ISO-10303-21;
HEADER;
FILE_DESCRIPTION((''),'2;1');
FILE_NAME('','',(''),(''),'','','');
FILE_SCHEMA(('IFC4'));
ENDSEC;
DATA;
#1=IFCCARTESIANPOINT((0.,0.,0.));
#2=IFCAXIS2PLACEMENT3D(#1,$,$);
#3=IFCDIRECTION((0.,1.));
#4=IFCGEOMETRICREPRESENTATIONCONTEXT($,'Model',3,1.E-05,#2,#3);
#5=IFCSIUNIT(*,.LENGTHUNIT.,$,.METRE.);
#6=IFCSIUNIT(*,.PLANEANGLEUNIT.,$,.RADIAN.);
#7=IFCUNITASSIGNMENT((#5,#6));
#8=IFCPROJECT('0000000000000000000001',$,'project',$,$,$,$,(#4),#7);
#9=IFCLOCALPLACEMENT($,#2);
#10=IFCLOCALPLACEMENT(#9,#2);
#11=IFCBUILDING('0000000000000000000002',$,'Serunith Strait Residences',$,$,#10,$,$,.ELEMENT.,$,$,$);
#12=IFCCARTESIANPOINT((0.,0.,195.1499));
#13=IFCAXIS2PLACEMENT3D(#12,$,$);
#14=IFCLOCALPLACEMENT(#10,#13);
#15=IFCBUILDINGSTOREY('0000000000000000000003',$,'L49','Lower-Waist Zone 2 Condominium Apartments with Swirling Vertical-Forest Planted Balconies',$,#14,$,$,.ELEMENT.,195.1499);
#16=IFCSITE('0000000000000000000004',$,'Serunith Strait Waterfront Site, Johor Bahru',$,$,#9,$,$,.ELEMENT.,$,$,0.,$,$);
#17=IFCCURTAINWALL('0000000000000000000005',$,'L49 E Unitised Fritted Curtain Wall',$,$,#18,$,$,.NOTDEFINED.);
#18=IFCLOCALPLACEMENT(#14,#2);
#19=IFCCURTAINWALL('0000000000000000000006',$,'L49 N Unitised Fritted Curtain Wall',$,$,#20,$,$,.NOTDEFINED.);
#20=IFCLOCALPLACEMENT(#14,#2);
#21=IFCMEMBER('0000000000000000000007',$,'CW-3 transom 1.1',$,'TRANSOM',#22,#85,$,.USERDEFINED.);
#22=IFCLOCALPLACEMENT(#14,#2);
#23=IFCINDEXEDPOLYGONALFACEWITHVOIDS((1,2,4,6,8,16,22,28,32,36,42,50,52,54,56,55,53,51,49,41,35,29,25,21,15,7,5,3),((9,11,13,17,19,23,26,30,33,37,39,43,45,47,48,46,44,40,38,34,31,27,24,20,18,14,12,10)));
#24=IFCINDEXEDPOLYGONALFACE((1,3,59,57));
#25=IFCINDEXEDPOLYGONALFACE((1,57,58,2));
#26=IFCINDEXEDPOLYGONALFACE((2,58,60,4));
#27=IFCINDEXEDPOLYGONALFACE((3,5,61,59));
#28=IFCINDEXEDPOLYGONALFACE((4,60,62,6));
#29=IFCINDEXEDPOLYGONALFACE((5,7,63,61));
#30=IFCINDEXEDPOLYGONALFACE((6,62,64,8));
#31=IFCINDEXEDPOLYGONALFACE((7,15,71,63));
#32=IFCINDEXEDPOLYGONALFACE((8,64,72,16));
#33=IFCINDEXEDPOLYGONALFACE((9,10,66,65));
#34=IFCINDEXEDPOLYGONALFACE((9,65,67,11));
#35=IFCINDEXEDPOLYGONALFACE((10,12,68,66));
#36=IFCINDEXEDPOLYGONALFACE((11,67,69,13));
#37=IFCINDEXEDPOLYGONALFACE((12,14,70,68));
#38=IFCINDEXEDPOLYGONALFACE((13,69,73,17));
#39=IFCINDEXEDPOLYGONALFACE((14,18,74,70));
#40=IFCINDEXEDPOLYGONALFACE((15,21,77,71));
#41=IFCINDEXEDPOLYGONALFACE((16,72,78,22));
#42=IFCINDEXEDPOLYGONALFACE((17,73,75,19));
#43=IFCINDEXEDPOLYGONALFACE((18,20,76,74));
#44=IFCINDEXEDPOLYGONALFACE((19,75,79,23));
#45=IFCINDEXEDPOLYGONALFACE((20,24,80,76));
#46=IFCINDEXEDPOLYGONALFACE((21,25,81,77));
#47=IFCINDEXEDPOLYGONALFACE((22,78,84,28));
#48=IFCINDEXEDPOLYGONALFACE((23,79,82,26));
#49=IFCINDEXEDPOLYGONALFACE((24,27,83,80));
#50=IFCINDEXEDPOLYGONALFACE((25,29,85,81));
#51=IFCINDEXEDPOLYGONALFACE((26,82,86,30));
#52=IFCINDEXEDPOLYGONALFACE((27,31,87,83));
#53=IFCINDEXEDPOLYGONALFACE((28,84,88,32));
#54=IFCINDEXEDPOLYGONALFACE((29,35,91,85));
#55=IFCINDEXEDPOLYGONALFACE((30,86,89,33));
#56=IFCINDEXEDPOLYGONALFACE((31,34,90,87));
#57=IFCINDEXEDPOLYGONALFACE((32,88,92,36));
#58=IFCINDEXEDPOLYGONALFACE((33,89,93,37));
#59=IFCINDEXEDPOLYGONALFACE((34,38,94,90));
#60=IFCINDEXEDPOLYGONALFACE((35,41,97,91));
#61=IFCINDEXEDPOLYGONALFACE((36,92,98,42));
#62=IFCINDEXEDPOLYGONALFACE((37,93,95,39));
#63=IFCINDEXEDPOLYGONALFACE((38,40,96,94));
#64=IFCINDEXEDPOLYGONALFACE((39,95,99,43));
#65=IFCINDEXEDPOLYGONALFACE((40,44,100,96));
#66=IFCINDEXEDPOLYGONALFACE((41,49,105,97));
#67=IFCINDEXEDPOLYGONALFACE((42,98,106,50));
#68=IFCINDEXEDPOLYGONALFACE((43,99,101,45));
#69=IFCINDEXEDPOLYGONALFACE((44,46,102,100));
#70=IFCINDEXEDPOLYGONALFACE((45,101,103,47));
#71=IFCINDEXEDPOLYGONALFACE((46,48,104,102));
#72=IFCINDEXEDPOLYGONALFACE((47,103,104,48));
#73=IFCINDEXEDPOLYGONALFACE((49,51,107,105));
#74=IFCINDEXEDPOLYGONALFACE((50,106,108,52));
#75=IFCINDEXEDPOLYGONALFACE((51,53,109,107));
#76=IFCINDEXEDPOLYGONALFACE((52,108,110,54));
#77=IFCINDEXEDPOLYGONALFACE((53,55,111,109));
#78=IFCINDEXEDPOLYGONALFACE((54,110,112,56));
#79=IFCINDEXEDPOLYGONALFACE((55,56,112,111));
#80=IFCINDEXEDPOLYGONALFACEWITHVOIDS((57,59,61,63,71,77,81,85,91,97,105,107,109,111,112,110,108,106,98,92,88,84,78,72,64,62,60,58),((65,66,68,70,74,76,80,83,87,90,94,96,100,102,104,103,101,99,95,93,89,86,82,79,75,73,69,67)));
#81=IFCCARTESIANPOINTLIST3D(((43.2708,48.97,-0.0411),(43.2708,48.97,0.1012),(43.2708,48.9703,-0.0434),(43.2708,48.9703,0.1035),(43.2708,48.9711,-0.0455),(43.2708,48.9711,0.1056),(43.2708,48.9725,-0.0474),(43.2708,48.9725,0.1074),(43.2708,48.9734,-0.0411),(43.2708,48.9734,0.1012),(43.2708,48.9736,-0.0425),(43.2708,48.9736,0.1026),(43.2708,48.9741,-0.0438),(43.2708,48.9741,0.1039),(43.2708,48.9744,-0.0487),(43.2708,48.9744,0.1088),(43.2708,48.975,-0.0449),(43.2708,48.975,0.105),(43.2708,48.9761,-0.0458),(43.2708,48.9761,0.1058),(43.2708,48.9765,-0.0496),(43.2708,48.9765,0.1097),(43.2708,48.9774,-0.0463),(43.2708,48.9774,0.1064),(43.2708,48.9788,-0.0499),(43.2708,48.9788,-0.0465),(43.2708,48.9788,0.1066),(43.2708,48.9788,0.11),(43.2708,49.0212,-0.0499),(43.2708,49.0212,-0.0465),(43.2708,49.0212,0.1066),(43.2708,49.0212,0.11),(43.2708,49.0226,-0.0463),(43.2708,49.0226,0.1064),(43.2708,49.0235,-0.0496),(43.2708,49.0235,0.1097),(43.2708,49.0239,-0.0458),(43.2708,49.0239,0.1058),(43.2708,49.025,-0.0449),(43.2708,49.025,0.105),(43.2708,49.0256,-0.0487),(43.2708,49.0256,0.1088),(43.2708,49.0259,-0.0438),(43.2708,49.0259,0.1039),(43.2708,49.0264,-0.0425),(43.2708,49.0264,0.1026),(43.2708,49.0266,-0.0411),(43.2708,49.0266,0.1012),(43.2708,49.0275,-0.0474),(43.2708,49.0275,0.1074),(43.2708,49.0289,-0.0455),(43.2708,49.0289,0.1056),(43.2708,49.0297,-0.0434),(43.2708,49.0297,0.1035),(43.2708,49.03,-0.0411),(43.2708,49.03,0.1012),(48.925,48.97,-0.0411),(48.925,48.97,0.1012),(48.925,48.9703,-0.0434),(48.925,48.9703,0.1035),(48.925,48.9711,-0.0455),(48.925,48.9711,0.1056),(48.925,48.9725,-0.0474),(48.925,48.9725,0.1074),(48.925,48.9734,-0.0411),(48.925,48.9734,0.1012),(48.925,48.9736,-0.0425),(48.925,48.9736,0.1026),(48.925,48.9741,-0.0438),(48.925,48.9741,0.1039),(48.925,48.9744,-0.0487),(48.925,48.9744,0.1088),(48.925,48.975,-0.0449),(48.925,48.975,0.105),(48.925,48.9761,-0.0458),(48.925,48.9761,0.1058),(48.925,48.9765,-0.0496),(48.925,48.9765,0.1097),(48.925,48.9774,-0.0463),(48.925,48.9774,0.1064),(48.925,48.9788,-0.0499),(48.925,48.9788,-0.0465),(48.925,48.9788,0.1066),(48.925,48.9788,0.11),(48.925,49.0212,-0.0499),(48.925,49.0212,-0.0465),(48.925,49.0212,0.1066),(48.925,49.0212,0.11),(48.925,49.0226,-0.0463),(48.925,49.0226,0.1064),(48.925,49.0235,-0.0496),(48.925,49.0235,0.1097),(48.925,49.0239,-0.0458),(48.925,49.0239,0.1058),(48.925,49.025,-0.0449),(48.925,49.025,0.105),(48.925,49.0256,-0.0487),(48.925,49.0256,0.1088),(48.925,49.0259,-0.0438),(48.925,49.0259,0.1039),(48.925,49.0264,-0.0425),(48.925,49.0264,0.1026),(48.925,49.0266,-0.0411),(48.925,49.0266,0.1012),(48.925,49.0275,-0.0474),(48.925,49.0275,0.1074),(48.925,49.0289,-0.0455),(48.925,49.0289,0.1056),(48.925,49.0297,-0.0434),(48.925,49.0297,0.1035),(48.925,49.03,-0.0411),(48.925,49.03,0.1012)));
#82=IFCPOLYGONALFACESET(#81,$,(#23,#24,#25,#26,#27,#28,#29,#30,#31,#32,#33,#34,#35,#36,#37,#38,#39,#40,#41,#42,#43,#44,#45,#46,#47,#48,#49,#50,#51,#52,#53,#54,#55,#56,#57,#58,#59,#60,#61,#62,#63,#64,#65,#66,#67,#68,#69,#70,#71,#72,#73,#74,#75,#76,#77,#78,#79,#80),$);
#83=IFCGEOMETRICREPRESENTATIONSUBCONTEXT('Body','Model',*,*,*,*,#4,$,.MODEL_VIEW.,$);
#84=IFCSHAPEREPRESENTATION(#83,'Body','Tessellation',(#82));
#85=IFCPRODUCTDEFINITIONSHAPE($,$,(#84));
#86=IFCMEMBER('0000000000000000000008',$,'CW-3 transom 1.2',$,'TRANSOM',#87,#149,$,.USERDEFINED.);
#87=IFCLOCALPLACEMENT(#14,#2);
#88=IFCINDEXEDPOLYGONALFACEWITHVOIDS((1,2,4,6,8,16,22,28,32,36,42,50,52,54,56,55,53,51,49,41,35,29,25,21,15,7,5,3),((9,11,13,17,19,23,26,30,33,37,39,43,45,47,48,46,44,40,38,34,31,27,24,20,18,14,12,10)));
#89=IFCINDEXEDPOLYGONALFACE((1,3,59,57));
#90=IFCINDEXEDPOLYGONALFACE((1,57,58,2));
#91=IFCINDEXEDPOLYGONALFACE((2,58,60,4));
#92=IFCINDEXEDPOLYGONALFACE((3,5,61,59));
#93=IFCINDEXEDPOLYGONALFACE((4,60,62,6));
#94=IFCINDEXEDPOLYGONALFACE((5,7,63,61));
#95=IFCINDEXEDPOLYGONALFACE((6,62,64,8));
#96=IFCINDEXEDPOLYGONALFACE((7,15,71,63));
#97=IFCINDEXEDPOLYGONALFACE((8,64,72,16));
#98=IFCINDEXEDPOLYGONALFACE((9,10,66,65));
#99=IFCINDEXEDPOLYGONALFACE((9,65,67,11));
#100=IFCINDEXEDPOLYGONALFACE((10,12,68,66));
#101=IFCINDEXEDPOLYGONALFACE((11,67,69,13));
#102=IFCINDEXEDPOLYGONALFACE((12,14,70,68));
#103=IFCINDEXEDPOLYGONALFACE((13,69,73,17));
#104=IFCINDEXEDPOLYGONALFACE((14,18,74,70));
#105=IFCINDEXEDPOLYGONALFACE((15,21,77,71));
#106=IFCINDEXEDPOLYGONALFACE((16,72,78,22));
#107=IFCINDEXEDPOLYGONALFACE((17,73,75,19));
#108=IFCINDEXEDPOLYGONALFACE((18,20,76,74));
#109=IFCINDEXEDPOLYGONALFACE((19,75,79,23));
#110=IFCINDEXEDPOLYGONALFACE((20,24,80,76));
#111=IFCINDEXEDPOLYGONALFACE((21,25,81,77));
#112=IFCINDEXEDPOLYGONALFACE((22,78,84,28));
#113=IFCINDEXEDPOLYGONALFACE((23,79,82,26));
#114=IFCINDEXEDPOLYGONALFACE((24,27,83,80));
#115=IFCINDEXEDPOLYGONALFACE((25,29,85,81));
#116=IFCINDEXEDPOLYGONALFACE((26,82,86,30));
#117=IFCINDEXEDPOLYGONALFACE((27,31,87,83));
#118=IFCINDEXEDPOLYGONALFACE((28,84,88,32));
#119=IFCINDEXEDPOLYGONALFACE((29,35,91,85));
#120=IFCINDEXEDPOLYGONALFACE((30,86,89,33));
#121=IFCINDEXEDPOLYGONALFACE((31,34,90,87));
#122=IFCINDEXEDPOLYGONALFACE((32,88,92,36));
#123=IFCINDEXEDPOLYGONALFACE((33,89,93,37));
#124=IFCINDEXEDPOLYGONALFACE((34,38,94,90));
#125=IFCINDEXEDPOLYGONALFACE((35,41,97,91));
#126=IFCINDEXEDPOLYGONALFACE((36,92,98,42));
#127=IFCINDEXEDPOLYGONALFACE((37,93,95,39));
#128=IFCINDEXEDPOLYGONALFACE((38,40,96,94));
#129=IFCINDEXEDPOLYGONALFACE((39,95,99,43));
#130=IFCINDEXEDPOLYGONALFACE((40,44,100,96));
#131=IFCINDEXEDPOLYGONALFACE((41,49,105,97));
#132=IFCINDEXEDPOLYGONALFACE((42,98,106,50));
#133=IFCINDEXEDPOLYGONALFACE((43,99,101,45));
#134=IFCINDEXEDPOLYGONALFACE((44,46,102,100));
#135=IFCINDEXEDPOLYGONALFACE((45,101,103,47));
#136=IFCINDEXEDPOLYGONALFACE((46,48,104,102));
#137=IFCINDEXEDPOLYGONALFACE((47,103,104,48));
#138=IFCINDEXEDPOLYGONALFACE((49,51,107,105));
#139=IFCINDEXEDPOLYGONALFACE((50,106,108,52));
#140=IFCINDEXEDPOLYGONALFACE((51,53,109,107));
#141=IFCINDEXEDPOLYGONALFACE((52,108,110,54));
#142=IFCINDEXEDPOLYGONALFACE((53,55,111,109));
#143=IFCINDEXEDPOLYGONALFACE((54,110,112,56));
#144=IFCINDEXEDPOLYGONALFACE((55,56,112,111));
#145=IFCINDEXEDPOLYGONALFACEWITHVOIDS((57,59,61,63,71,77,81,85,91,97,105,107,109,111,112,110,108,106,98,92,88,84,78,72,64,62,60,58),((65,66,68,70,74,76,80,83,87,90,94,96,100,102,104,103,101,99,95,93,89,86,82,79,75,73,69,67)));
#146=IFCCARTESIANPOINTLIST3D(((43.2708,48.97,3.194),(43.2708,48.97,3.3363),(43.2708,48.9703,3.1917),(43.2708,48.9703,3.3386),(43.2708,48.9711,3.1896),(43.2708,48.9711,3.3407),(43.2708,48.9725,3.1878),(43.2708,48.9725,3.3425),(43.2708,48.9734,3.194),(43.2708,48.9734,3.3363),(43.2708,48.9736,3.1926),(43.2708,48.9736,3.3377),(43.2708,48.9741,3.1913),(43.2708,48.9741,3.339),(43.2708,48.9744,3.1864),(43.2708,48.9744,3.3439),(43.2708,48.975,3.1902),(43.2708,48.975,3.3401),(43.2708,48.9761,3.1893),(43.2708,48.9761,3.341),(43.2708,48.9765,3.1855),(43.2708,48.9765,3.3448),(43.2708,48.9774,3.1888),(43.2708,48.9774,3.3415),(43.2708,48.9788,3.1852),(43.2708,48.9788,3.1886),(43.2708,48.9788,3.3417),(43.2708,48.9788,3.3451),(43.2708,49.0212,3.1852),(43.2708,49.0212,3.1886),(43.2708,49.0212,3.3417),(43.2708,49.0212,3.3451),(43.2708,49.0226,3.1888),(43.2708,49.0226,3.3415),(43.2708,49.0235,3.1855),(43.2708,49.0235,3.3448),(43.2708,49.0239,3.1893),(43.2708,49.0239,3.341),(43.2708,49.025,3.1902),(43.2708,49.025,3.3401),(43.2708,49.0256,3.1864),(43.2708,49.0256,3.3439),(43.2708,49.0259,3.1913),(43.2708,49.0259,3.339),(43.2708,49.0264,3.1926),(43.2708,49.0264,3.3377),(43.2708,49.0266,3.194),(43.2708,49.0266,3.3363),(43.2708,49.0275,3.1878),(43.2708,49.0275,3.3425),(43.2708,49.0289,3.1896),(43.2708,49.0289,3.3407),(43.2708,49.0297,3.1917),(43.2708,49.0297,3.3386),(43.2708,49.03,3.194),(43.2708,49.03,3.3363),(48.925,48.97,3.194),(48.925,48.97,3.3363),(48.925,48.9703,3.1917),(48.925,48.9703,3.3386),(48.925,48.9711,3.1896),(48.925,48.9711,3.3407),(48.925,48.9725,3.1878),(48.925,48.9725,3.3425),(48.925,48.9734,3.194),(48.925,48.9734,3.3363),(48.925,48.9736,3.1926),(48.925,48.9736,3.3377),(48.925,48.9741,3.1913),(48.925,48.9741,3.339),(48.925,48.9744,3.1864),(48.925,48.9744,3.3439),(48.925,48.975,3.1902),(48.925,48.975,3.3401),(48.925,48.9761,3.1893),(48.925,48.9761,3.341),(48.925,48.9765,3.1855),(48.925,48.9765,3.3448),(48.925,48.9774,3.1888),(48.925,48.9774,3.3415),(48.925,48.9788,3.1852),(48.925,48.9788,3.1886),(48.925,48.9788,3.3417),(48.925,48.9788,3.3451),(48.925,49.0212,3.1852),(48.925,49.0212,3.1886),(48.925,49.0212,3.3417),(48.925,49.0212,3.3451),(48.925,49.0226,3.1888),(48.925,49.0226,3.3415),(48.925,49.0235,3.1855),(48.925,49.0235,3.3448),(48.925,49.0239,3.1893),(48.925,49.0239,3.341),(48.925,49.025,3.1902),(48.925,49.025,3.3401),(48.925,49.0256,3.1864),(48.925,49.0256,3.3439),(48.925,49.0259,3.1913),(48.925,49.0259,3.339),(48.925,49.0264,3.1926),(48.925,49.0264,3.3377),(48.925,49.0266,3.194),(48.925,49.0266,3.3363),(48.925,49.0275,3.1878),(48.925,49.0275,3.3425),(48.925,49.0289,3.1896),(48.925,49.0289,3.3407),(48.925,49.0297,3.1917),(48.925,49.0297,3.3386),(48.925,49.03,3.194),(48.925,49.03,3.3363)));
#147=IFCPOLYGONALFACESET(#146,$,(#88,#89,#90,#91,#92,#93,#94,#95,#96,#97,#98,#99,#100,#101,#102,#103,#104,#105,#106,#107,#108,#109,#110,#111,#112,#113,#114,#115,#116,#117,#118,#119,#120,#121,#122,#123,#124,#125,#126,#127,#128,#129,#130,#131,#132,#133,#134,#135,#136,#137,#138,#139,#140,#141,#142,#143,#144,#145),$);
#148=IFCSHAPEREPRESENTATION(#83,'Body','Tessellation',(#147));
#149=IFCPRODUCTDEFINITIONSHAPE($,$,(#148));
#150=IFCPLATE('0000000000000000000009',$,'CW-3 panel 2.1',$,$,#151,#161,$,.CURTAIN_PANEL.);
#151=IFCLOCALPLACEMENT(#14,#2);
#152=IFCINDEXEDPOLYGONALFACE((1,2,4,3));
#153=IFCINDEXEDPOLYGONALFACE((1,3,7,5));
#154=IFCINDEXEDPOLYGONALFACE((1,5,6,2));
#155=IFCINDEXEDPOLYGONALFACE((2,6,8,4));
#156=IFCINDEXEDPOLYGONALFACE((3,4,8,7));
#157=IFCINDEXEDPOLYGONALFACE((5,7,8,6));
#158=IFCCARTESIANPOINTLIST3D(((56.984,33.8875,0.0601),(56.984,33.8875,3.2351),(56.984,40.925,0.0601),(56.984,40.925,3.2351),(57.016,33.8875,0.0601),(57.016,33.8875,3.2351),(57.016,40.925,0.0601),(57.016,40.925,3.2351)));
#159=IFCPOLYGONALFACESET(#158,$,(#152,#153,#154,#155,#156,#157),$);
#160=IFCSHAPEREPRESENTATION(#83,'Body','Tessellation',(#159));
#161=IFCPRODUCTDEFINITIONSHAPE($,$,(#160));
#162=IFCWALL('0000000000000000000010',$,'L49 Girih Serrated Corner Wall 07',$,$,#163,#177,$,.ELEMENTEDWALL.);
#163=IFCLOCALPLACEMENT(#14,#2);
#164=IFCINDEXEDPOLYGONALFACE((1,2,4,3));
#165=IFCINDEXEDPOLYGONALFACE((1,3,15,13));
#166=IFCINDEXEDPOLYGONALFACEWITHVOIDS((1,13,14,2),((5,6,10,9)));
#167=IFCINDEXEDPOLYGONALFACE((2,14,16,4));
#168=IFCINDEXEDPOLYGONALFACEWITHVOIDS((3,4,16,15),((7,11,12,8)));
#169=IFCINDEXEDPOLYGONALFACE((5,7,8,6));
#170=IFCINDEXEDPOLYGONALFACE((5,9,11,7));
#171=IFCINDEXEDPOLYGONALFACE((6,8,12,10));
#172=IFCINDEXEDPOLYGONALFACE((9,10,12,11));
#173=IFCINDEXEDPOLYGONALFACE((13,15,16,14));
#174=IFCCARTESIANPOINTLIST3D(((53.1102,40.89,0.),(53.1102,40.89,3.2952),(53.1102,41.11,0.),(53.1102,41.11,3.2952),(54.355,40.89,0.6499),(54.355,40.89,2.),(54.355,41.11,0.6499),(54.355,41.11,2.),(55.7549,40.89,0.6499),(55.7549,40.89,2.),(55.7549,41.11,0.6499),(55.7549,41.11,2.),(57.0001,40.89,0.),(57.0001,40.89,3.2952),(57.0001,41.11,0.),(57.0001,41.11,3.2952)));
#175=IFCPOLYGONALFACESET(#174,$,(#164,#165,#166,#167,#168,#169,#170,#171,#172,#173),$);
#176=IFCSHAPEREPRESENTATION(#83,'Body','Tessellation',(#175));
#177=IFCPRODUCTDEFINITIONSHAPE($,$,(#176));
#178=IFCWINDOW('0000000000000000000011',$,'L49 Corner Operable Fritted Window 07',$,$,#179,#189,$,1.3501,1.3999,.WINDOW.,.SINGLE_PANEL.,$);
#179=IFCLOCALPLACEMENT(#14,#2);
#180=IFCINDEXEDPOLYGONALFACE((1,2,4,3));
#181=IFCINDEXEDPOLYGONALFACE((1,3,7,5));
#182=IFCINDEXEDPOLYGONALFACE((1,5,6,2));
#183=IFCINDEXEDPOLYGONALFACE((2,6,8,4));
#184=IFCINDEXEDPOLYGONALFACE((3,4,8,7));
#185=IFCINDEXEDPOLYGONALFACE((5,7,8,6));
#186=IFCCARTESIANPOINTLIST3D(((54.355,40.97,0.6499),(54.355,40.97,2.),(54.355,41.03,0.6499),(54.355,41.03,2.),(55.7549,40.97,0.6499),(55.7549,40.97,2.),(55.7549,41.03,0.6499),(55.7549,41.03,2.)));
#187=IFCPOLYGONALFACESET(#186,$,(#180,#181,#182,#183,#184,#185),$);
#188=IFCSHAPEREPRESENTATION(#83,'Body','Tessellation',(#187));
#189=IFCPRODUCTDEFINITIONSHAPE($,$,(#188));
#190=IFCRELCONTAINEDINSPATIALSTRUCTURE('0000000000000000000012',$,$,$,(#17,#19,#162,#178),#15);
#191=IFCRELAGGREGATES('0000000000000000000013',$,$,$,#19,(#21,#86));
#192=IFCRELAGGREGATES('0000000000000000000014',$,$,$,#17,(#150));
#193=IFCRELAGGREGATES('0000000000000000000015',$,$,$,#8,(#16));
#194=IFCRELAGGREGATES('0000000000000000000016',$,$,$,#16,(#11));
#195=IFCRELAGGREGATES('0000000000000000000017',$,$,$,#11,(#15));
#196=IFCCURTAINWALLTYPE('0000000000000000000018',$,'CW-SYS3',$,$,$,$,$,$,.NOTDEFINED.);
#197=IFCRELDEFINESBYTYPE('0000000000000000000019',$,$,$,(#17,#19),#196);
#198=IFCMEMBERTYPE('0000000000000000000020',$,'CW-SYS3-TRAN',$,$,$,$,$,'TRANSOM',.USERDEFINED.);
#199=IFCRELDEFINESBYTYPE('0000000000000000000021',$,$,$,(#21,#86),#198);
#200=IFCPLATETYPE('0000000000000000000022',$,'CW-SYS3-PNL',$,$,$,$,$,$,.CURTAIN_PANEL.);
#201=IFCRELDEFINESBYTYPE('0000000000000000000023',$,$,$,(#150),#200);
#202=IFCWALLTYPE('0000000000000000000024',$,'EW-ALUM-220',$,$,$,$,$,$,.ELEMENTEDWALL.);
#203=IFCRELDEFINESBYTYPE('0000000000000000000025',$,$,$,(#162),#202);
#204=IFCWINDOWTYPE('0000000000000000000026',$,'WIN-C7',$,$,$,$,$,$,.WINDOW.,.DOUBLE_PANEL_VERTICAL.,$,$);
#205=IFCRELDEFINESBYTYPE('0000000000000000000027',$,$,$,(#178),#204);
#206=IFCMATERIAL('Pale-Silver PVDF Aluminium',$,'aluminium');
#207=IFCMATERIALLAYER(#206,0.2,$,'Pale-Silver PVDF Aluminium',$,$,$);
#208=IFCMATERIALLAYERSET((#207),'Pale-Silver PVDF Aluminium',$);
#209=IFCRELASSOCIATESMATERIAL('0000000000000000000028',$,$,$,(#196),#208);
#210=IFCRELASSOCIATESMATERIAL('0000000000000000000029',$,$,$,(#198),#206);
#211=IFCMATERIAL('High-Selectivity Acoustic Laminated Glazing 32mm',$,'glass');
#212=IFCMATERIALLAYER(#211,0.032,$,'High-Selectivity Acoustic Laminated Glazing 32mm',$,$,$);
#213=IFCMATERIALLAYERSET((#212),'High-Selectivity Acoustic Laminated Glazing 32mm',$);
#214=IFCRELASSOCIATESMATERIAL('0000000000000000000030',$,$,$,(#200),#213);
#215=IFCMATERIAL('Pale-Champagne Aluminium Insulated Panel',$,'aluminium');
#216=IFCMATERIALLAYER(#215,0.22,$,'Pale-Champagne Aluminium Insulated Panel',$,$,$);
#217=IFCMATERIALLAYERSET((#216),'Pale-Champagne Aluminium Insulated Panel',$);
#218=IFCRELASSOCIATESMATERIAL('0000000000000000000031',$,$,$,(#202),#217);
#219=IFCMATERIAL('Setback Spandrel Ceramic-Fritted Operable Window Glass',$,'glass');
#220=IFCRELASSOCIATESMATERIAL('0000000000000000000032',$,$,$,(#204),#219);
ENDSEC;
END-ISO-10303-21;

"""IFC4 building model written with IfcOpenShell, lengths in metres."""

from ifc_helpers import new_model, si_unit, direction, frame, frame_2d, origin, origin_2d, place, context, subcontext, project, spatial, rectangle, hollow_rectangle, extrude, source, transform, mapped, material, layer, layer_set, material_profile, profile_set, type_object, element, fill, aggregate, save


model = new_model("IFC4")

# Units and contexts
model_context = context("Model", 3, precision=1e-05, world=origin(), true_north=direction((0.0, 1.0)))
body_context = subcontext(model_context, "Body", "Model", "MODEL_VIEW")
ifc_project = project(units=[si_unit("LENGTHUNIT", "METRE"), si_unit("PLANEANGLEUNIT", "RADIAN")], contexts=[model_context])

# Site, building, storey
site_placement = place(None, origin())
site = spatial("IfcSite", under=ifc_project, at=site_placement, Name="Serunith Strait Waterfront Site, Johor Bahru", CompositionType="ELEMENT", RefElevation=0.0)
building_placement = place(site_placement, origin())
building = spatial("IfcBuilding", under=site, at=building_placement, Name="Serunith Strait Residences", CompositionType="ELEMENT")
storey_placement = place(building_placement, frame((0.0, 0.0, 195.1499)))
storey = spatial("IfcBuildingStorey", under=building, at=storey_placement, Name="L49", Description="Lower-Waist Zone 2 Condominium Apartments with Swirling Vertical-Forest Planted Balconies", CompositionType="ELEMENT", Elevation=195.1499)

# Curtain wall
ifc_material_1 = material(Name="Pale-Silver PVDF Aluminium", Category="aluminium")
ifc_layer_1 = layer(ifc_material_1, 0.2, Name="Pale-Silver PVDF Aluminium")
ifc_layer_set_1 = layer_set([ifc_layer_1], Name="Pale-Silver PVDF Aluminium")
curtain_wall_type = type_object("IfcCurtainWallType", Name="CW-SYS3", PredefinedType="NOTDEFINED", material=ifc_layer_set_1)
curtain_wall_1_placement = place(storey_placement, origin())
curtain_wall_1 = element("IfcCurtainWall", 1, at=curtain_wall_1_placement, inside=storey, type_object=curtain_wall_type, Name="L49 E Unitised Fritted Curtain Wall", PredefinedType="NOTDEFINED")

# Curtain wall, members
curtain_wall_2_placement = place(storey_placement, origin())
curtain_wall_2 = element("IfcCurtainWall", 2, at=curtain_wall_2_placement, inside=storey, type_object=curtain_wall_type, Name="L49 N Unitised Fritted Curtain Wall", PredefinedType="NOTDEFINED")
ifc_material_profile_1 = material_profile(ifc_material_1, hollow_rectangle(XDim=0.0601, YDim=0.1599, WallThickness=0.0034, InnerFilletRadius=0.0054, OuterFilletRadius=0.0088, at=origin_2d()), Name="ALU 160x60x3.5")
ifc_profile_set_1 = profile_set([ifc_material_profile_1], Name="Pale-Silver PVDF Aluminium")
member_type_1 = type_object("IfcMemberType", Name="CW-SYS3-TRAN", ElementType="TRANSOM", PredefinedType="USERDEFINED", material=ifc_profile_set_1)
shared_shape_1 = source(origin(), body_context, "Body", "SweptSolid", [
    extrude(hollow_rectangle(XDim=0.0601, YDim=0.1599, WallThickness=0.0034, InnerFilletRadius=0.0054, OuterFilletRadius=0.0088, at=origin_2d()), origin(), (0.0, 0.0, 1.0), 5.6543),
])
member_1_placement = place(storey_placement, frame((48.925, 49.0, 0.03), z_axis=(-1.0, 0.0, 0.0), x_axis=(0.0, -1.0, 0.0)))
member_1 = element("IfcMember", 3, at=member_1_placement, type_object=member_type_1, Name="CW-3 transom 1.1", ObjectType="TRANSOM", PredefinedType="USERDEFINED", context=body_context, shape_type="MappedRepresentation", body=[
    mapped(shared_shape_1, transform((0.0, 0.0, 0.0), scale=1.0)),
])
member_2_placement = place(storey_placement, frame((48.925, 49.0, 3.2651), z_axis=(-1.0, 0.0, 0.0), x_axis=(0.0, -1.0, 0.0)))
member_2 = element("IfcMember", 4, at=member_2_placement, type_object=member_type_1, Name="CW-3 transom 1.2", ObjectType="TRANSOM", PredefinedType="USERDEFINED", context=body_context, shape_type="MappedRepresentation", body=[
    mapped(shared_shape_1, transform((0.0, 0.0, 0.0), scale=1.0)),
])
aggregate(curtain_wall_2, [member_1, member_2])

# Plate
ifc_material_2 = material(Name="High-Selectivity Acoustic Laminated Glazing 32mm", Category="glass")
ifc_layer_2 = layer(ifc_material_2, 0.032, Name="High-Selectivity Acoustic Laminated Glazing 32mm")
ifc_layer_set_2 = layer_set([ifc_layer_2], Name="High-Selectivity Acoustic Laminated Glazing 32mm")
plate_type = type_object("IfcPlateType", Name="CW-SYS3-PNL", PredefinedType="CURTAIN_PANEL", material=ifc_layer_set_2)
shared_shape_2 = source(origin(), body_context, "Body", "SweptSolid", [
    extrude(rectangle(XDim=7.0376, YDim=0.032, at=origin_2d()), origin(), (0.0, 0.0, 1.0), 3.175),
])
plate_placement = place(storey_placement, frame((57.0, 37.4062, 0.0601), z_axis=(0.0, 0.0, 1.0), x_axis=(0.0, 1.0, 0.0)))
plate = element("IfcPlate", 5, at=plate_placement, type_object=plate_type, Name="CW-3 panel 2.1", PredefinedType="CURTAIN_PANEL", context=body_context, shape_type="MappedRepresentation", body=[
    mapped(shared_shape_2, transform((0.0, 0.0, 0.0), scale=1.0)),
])
aggregate(curtain_wall_1, [plate])

# Wall, opening, window
ifc_material_3 = material(Name="Pale-Champagne Aluminium Insulated Panel", Category="aluminium")
ifc_layer_3 = layer(ifc_material_3, 0.22, Name="Pale-Champagne Aluminium Insulated Panel")
ifc_layer_set_3 = layer_set([ifc_layer_3], Name="Pale-Champagne Aluminium Insulated Panel")
wall_type_1 = type_object("IfcWallType", Name="EW-ALUM-220", PredefinedType="ELEMENTEDWALL", material=ifc_layer_set_3)
wall_1_placement = place(storey_placement, frame((57.0, 41.0, 0.0), z_axis=(0.0, 0.0, 1.0), x_axis=(-1.0, 0.0, 0.0)))
wall_1 = element("IfcWall", 6, at=wall_1_placement, inside=storey, type_object=wall_type_1, Name="L49 Girih Serrated Corner Wall 07", PredefinedType="ELEMENTEDWALL", context=body_context, shape_type="SweptSolid", body=[
    extrude(rectangle(XDim=3.8899, YDim=0.22, at=frame_2d((1.9448, 0.0))), origin(), (0.0, 0.0, 1.0), 3.2952),
])
opening_1_placement = place(wall_1_placement, frame((1.2451, 0.0, 0.6499)))
opening_1 = element("IfcOpeningElement", 7, at=opening_1_placement, cuts=wall_1, PredefinedType="OPENING", context=body_context, shape_type="SweptSolid", body=[
    extrude(rectangle(XDim=1.3999, YDim=1.3501, at=frame_2d((0.7, 0.675))), frame((0.0, 0.1201, 0.0), z_axis=(0.0, -1.0, 0.0), x_axis=(1.0, 0.0, 0.0)), (0.0, 0.0, 1.0), 0.24),
])
ifc_material_4 = material(Name="Setback Spandrel Ceramic-Fritted Operable Window Glass", Category="glass")
window_type = type_object("IfcWindowType", Name="WIN-C7", PartitioningType="DOUBLE_PANEL_VERTICAL", PredefinedType="WINDOW", material=ifc_material_4)
shared_shape_3 = source(origin(), body_context, "Body", "SweptSolid", [
    extrude(rectangle(XDim=1.3999, YDim=1.3501, at=frame_2d((0.7, 0.675))), frame((0.0, 0.03, 0.0), z_axis=(0.0, -1.0, 0.0), x_axis=(1.0, 0.0, 0.0)), (0.0, 0.0, 1.0), 0.0601),
])
window_1_placement = place(opening_1_placement, origin())
window_1 = element("IfcWindow", 8, at=window_1_placement, inside=storey, type_object=window_type, Name="L49 Corner Operable Fritted Window 07", OverallHeight=1.3501, OverallWidth=1.3999, PartitioningType="SINGLE_PANEL", PredefinedType="WINDOW", context=body_context, shape_type="MappedRepresentation", body=[
    mapped(shared_shape_3, transform((0.0, 0.0, 0.0), scale=1.0)),
])
fill(opening_1, window_1)

save(model, "model.ifc")
